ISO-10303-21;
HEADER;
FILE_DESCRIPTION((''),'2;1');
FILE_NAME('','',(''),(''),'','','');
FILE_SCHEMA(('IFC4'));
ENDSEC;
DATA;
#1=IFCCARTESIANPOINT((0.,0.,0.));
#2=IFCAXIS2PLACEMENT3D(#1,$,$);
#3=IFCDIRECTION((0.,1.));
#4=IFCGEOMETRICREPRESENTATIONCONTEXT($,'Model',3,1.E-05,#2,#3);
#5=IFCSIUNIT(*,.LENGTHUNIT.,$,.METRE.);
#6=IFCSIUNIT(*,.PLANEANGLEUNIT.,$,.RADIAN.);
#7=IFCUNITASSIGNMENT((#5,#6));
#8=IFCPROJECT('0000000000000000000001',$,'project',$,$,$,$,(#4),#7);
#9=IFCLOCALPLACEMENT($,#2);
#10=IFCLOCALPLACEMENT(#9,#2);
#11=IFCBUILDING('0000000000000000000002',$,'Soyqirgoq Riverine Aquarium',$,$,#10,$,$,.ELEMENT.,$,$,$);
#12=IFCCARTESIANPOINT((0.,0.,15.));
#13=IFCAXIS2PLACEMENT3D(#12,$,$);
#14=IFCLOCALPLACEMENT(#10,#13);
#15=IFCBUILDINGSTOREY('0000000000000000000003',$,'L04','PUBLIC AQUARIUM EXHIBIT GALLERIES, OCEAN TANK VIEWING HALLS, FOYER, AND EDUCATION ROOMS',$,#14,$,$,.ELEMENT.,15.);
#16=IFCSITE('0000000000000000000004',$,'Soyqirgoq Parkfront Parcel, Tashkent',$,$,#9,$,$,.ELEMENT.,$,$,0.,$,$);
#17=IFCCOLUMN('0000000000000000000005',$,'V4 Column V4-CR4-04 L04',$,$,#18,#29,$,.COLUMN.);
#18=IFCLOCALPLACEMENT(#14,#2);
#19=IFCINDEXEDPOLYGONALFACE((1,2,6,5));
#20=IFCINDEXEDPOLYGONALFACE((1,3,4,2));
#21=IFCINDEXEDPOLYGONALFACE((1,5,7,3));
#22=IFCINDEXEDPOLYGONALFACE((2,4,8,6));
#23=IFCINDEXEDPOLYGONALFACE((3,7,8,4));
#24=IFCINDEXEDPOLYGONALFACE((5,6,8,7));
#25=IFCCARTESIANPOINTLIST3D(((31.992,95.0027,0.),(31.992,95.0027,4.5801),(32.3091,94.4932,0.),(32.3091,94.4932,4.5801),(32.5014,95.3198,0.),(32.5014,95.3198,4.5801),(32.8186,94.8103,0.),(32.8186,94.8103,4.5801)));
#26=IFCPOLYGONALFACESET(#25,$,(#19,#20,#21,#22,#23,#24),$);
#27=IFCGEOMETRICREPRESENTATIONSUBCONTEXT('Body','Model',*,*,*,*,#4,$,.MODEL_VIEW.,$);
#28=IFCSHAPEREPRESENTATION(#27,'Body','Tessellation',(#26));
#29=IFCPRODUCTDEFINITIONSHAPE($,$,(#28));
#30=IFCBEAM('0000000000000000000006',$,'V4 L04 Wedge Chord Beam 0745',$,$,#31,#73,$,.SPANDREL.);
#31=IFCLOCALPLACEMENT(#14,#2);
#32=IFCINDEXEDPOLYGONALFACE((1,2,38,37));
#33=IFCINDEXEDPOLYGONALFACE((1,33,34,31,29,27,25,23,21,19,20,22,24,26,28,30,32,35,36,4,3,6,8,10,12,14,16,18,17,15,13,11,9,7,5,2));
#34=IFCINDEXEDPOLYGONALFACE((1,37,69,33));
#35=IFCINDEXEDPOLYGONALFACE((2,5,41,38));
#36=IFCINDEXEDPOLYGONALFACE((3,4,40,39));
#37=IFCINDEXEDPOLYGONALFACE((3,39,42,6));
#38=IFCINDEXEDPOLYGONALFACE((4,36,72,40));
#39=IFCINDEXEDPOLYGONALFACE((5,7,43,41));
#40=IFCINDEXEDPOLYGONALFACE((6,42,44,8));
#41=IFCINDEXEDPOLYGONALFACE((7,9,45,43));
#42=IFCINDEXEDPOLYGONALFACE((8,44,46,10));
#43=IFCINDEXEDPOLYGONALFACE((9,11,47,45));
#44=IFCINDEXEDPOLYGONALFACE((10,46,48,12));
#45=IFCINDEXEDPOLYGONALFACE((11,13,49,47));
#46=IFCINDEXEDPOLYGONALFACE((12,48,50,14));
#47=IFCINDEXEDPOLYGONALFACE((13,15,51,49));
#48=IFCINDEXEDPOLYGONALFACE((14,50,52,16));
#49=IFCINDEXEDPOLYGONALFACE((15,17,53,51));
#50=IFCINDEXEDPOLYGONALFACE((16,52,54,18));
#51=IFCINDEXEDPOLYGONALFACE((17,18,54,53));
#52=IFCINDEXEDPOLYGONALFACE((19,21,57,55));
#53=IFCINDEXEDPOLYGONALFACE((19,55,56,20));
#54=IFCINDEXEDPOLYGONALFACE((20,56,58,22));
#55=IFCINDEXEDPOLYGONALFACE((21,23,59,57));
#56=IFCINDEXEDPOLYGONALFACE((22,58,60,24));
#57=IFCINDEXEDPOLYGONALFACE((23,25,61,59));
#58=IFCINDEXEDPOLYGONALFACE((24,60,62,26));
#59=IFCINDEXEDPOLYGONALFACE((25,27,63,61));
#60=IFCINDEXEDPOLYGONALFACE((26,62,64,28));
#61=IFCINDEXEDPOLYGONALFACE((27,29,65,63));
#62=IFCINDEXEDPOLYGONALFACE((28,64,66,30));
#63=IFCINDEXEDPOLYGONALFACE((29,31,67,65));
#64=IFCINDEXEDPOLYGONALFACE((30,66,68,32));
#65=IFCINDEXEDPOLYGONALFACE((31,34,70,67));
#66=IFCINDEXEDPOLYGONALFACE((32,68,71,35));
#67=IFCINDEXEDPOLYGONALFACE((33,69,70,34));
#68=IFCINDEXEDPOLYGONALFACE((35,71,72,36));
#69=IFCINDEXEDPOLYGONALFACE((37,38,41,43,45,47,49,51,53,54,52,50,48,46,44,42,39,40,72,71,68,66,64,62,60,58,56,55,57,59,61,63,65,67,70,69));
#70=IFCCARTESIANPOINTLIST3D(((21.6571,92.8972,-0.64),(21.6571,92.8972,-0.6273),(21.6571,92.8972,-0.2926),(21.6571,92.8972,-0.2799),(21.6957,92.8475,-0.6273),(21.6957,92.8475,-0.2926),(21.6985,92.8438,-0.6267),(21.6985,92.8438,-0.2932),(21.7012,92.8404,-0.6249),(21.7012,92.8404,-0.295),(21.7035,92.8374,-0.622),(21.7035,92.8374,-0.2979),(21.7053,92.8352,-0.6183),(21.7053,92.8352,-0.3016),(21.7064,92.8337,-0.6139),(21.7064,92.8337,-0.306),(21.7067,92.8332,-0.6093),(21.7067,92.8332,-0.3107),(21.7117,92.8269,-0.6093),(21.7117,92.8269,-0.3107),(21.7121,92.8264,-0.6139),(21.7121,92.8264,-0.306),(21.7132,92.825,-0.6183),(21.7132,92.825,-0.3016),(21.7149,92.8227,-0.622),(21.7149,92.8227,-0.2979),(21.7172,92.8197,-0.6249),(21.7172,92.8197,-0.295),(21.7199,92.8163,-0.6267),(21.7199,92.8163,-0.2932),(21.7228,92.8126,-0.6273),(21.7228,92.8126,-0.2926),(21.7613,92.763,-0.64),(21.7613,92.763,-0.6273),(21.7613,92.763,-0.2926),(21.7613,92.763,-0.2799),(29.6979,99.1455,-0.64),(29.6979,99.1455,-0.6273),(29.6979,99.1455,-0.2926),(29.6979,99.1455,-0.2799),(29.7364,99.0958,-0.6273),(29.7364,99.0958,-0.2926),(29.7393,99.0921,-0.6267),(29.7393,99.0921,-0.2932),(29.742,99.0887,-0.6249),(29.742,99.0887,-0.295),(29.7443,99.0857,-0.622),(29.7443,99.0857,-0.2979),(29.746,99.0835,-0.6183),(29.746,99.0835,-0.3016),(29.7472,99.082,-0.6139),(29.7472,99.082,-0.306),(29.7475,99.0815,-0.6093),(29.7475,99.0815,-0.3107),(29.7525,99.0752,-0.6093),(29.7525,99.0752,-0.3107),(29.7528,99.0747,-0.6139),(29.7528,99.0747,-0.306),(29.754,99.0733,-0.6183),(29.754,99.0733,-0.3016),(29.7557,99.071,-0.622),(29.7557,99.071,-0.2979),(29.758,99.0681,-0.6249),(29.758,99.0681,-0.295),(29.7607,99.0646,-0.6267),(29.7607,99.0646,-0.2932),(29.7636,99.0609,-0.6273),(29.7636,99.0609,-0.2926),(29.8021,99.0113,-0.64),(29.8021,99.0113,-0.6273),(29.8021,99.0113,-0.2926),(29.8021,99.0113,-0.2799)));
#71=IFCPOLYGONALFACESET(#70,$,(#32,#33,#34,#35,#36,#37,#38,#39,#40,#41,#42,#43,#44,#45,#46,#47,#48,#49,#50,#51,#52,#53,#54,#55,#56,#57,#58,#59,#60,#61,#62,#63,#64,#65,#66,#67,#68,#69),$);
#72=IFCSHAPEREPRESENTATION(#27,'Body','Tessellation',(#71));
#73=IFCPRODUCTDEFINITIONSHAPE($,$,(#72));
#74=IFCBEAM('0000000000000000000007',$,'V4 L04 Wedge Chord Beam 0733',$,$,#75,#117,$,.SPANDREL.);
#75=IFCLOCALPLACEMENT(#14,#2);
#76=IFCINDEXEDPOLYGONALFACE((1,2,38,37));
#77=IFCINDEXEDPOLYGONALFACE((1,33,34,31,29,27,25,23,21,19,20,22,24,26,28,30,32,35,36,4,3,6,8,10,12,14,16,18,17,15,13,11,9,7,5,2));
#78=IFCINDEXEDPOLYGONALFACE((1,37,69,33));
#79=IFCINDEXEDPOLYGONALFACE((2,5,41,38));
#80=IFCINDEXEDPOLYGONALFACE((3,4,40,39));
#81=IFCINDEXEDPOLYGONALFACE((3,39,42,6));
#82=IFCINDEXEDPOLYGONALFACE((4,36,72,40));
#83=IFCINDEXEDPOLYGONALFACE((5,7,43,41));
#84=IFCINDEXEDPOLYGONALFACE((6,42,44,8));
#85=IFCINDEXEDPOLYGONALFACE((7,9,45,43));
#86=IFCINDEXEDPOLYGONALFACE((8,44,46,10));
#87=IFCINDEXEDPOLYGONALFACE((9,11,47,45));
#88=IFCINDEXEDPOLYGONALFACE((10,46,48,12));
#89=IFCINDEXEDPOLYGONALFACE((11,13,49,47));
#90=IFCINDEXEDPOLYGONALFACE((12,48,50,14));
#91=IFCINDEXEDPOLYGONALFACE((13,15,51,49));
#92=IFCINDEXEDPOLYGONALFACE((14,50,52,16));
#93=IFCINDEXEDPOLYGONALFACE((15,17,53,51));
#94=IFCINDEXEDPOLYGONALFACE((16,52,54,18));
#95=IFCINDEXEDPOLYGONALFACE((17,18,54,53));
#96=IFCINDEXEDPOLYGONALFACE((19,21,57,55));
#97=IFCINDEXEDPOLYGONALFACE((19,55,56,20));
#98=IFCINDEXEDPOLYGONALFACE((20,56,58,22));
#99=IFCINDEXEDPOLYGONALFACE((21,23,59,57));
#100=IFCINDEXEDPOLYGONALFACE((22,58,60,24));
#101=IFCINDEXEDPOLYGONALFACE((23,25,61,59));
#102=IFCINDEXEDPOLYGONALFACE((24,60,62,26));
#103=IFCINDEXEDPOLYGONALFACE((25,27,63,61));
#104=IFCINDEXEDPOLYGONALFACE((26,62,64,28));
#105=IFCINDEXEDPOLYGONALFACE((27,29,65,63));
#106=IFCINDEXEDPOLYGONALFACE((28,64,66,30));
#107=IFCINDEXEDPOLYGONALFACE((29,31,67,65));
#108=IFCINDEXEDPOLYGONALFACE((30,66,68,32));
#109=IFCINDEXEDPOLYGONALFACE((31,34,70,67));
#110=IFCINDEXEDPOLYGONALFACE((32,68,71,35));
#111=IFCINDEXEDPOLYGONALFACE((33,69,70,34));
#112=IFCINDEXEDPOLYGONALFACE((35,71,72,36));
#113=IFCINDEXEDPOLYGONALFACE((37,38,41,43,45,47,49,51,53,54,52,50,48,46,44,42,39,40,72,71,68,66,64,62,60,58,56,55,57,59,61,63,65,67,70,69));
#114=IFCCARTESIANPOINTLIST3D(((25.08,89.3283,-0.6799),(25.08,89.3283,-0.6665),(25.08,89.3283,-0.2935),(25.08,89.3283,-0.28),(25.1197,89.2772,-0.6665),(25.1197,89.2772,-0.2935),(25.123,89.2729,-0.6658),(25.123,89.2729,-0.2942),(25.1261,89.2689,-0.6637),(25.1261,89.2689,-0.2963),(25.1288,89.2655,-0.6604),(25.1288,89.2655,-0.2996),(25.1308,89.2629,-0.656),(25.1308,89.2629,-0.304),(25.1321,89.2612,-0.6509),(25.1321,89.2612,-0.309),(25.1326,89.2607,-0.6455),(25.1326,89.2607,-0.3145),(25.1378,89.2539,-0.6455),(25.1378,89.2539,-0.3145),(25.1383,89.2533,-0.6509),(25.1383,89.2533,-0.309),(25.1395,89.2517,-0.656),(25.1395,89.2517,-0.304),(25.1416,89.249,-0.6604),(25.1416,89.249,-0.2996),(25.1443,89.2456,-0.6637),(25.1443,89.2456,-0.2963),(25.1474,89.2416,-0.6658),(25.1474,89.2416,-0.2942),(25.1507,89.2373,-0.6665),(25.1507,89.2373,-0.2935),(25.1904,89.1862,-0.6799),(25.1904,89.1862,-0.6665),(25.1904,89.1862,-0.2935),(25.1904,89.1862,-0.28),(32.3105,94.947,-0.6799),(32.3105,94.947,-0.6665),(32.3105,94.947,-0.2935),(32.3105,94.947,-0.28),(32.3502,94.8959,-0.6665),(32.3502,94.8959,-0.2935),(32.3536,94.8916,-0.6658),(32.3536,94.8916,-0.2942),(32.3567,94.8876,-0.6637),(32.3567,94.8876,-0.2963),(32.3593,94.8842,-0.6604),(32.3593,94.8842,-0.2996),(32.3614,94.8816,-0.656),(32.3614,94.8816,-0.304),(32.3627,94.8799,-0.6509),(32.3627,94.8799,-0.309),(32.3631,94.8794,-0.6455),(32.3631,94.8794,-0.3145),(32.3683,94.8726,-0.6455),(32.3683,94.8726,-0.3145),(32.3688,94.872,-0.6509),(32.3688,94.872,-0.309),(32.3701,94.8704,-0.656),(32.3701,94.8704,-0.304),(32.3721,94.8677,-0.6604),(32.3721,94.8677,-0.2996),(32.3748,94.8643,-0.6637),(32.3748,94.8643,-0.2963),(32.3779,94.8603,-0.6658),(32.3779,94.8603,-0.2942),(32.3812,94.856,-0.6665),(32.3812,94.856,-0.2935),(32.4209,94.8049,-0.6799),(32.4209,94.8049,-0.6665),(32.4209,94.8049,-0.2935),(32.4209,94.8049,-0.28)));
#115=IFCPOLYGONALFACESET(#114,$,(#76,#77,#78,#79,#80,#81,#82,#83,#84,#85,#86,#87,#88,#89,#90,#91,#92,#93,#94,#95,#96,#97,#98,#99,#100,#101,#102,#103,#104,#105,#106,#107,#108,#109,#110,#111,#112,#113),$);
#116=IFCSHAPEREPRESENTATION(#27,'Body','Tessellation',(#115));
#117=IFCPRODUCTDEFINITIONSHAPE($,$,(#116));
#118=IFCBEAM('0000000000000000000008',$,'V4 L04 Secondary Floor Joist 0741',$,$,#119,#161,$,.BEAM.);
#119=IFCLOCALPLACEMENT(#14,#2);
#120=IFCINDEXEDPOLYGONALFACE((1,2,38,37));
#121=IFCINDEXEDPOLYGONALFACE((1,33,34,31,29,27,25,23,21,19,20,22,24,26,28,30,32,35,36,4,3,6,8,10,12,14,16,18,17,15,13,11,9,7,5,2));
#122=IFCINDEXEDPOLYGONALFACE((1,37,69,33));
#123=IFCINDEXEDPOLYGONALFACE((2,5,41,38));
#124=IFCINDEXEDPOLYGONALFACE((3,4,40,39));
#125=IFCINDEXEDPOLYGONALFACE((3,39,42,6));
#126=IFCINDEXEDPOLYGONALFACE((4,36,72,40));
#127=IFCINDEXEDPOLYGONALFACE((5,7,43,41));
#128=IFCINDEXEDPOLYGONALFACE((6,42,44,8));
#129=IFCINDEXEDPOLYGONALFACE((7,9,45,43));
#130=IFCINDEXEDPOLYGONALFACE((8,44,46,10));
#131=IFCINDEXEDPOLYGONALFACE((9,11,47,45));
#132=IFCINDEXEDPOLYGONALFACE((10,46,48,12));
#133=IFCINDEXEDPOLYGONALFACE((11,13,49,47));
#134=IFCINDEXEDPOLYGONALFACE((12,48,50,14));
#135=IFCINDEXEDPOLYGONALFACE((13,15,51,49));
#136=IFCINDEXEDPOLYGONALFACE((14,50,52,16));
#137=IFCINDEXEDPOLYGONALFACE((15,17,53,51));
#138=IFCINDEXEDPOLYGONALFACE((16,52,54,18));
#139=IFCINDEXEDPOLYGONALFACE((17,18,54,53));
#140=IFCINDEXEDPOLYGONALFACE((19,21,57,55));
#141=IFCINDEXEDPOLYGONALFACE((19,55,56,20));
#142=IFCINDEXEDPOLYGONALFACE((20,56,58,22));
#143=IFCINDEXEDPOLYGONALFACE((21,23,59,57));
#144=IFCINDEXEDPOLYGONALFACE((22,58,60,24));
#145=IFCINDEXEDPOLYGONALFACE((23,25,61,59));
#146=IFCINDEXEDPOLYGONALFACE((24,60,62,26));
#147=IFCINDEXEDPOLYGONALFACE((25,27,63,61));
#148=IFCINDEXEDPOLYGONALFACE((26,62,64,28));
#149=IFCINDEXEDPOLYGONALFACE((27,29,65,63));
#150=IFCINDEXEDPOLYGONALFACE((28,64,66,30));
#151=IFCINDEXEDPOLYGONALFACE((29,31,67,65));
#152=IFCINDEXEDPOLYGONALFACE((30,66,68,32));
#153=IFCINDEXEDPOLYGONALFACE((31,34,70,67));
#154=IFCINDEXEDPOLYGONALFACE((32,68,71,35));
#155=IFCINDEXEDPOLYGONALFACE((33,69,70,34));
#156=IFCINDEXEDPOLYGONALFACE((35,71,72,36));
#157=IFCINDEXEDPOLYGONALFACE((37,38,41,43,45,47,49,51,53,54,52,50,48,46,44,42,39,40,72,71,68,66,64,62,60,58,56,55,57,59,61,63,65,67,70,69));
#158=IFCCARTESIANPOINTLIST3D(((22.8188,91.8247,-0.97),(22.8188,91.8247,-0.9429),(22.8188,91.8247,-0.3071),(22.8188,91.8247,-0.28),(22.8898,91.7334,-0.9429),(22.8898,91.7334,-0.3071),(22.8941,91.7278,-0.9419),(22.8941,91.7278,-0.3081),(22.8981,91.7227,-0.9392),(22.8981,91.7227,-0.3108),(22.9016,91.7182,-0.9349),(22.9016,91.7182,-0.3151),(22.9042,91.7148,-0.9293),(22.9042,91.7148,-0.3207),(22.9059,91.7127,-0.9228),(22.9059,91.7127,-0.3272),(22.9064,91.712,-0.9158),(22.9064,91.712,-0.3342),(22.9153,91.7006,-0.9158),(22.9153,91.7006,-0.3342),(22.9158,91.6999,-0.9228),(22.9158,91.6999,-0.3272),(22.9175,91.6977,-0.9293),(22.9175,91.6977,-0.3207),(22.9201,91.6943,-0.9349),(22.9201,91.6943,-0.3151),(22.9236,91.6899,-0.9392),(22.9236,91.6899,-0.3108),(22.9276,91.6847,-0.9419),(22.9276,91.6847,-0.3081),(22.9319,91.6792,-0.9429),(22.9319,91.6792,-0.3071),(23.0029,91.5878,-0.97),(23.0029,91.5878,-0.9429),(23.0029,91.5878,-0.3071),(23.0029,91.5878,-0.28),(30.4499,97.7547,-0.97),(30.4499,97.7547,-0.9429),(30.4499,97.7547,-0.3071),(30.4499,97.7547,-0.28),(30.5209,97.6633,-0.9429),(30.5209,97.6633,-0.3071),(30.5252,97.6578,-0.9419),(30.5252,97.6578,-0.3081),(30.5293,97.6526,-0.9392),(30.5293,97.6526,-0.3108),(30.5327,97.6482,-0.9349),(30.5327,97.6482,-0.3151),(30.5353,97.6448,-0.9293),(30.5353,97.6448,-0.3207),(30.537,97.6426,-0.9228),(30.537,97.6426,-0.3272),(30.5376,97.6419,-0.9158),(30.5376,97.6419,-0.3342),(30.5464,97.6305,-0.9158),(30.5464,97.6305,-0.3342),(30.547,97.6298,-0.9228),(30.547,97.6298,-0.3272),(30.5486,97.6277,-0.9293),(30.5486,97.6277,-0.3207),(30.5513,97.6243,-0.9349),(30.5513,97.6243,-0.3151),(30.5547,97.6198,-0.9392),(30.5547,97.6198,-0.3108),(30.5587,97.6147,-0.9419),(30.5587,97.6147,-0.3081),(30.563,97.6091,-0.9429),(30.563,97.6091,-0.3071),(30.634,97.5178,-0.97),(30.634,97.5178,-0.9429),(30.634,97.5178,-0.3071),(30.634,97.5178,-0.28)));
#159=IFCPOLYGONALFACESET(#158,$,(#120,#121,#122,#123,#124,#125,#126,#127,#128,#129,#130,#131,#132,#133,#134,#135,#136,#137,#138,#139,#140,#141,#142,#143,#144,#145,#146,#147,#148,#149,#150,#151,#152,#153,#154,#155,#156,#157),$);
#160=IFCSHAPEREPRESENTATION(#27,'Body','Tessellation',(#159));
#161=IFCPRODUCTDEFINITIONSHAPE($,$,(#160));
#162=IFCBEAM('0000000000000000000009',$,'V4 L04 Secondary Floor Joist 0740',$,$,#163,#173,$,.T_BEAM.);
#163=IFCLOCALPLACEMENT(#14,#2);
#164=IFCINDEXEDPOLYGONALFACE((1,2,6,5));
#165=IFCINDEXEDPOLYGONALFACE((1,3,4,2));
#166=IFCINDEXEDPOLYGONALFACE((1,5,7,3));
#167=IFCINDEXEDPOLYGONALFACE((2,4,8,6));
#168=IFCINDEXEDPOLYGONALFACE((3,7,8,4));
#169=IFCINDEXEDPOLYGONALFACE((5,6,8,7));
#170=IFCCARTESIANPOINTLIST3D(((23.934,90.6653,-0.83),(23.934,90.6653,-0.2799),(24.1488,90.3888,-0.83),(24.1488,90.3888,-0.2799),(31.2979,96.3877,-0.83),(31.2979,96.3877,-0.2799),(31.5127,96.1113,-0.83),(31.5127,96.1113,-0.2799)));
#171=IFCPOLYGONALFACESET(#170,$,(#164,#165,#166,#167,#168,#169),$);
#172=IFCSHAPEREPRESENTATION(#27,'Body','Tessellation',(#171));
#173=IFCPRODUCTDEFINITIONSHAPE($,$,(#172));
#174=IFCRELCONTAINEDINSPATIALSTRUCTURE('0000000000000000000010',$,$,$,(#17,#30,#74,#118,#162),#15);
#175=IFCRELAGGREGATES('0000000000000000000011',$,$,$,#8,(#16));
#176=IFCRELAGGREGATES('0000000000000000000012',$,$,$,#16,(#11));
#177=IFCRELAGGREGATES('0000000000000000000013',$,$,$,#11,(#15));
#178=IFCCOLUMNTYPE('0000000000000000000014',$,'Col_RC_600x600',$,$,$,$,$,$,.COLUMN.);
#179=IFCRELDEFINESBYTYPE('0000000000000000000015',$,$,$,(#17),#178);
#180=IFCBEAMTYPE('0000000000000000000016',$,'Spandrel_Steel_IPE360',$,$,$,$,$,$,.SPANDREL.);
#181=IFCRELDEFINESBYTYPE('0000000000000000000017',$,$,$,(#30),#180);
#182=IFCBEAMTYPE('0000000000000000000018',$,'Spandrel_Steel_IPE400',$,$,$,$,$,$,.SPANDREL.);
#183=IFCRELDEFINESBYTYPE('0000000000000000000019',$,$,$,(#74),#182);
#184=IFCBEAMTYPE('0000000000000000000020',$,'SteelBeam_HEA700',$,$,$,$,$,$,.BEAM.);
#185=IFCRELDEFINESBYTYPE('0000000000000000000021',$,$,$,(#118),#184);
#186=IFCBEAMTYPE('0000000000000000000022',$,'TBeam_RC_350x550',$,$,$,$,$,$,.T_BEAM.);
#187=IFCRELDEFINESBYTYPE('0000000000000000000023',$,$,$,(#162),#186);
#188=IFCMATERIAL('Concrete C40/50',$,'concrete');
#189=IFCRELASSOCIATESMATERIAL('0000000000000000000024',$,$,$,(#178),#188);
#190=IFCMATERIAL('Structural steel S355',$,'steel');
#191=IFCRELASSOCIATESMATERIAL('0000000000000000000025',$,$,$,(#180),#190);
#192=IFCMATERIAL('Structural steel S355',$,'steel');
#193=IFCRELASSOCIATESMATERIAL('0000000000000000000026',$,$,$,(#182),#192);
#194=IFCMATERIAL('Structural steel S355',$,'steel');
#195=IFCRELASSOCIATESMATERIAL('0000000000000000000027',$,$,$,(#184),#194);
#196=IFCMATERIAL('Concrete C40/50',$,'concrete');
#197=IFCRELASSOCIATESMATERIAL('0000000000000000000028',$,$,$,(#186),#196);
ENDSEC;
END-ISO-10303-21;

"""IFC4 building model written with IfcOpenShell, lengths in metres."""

from ifc_helpers import new_model, si_unit, direction, frame, origin, origin_2d, place, context, subcontext, project, spatial, rectangle, i_section, extrude, material, material_profile, profile_set, type_object, element, save


model = new_model("IFC4")

# Units and contexts
model_context = context("Model", 3, precision=1e-05, world=origin(), true_north=direction((0.0, 1.0)))
body_context = subcontext(model_context, "Body", "Model", "MODEL_VIEW")
ifc_project = project(units=[si_unit("LENGTHUNIT", "METRE"), si_unit("PLANEANGLEUNIT", "RADIAN")], contexts=[model_context])

# Site, building, storey
site_placement = place(None, origin())
site = spatial("IfcSite", under=ifc_project, at=site_placement, Name="Soyqirgoq Parkfront Parcel, Tashkent", CompositionType="ELEMENT", RefElevation=0.0)
building_placement = place(site_placement, origin())
building = spatial("IfcBuilding", under=site, at=building_placement, Name="Soyqirgoq Riverine Aquarium", CompositionType="ELEMENT")
storey_placement = place(building_placement, frame((0.0, 0.0, 15.0)))
storey = spatial("IfcBuildingStorey", under=building, at=storey_placement, Name="L04", Description="PUBLIC AQUARIUM EXHIBIT GALLERIES, OCEAN TANK VIEWING HALLS, FOYER, AND EDUCATION ROOMS", CompositionType="ELEMENT", Elevation=15.0)

# Column
ifc_material_1 = material(Name="Concrete C40/50", Category="concrete")
ifc_material_profile_1 = material_profile(ifc_material_1, rectangle(XDim=0.6001, YDim=0.6001, at=origin_2d()), Name="RC 600x600")
ifc_profile_set_1 = profile_set([ifc_material_profile_1], Name="Concrete C40/50")
column_type = type_object("IfcColumnType", Name="Col_RC_600x600", PredefinedType="COLUMN", material=ifc_profile_set_1)
column_placement = place(storey_placement, frame((32.4053, 94.9065, 0.0), z_axis=(0.0, 0.0, 1.0), x_axis=(-0.528438, 0.848972, 0.0)))
element("IfcColumn", 1, at=column_placement, inside=storey, type_object=column_type, Name="V4 Column V4-CR4-04 L04", PredefinedType="COLUMN", context=body_context, shape_type="SweptSolid", body=[
    extrude(rectangle(XDim=0.6001, YDim=0.6001, at=origin_2d()), origin(), (0.0, 0.0, 1.0), 4.5801),
])

# Beams
ifc_material_2 = material(Name="Structural steel S355", Category="steel")
ifc_material_profile_2 = material_profile(ifc_material_2, i_section(OverallWidth=0.1699, OverallDepth=0.3601, WebThickness=0.0081, FlangeThickness=0.0127, FilletRadius=0.0181, at=origin_2d()), Name="IPE 360")
ifc_profile_set_2 = profile_set([ifc_material_profile_2], Name="Structural steel S355")
beam_type_1 = type_object("IfcBeamType", Name="Spandrel_Steel_IPE360", PredefinedType="SPANDREL", material=ifc_profile_set_2)
beam_1_placement = place(storey_placement, frame((29.75, 99.0784, -0.46), z_axis=(-0.789621, -0.613595, 0.0), x_axis=(0.613595, -0.789621, 0.0)))
element("IfcBeam", 2, at=beam_1_placement, inside=storey, type_object=beam_type_1, Name="V4 L04 Wedge Chord Beam 0745", PredefinedType="SPANDREL", context=body_context, shape_type="SweptSolid", body=[
    extrude(i_section(OverallWidth=0.1699, OverallDepth=0.3601, WebThickness=0.0081, FlangeThickness=0.0127, FilletRadius=0.0181, at=origin_2d()), origin(), (0.0, 0.0, 1.0), 10.1831),
])
ifc_material_3 = material(Name="Structural steel S355", Category="steel")
ifc_material_profile_3 = material_profile(ifc_material_3, i_section(OverallWidth=0.1799, OverallDepth=0.3999, WebThickness=0.0085, FlangeThickness=0.0134, FilletRadius=0.021, at=origin_2d()), Name="IPE 400")
ifc_profile_set_3 = profile_set([ifc_material_profile_3], Name="Structural steel S355")
beam_type_2 = type_object("IfcBeamType", Name="Spandrel_Steel_IPE400", PredefinedType="SPANDREL", material=ifc_profile_set_3)
beam_2_placement = place(storey_placement, frame((32.3657, 94.876, -0.48), z_axis=(-0.789619, -0.613597, 0.0), x_axis=(0.613597, -0.789619, 0.0)))
element("IfcBeam", 3, at=beam_2_placement, inside=storey, type_object=beam_type_2, Name="V4 L04 Wedge Chord Beam 0733", PredefinedType="SPANDREL", context=body_context, shape_type="SweptSolid", body=[
    extrude(i_section(OverallWidth=0.1799, OverallDepth=0.3999, WebThickness=0.0085, FlangeThickness=0.0134, FilletRadius=0.021, at=origin_2d()), origin(), (0.0, 0.0, 1.0), 9.157),
])
ifc_material_4 = material(Name="Structural steel S355", Category="steel")
ifc_material_profile_4 = material_profile(ifc_material_4, i_section(OverallWidth=0.3, OverallDepth=0.6899, WebThickness=0.0144, FlangeThickness=0.0271, FilletRadius=0.0271, at=origin_2d()), Name="HEA 700")
ifc_profile_set_4 = profile_set([ifc_material_profile_4], Name="Structural steel S355")
beam_type_3 = type_object("IfcBeamType", Name="SteelBeam_HEA700", PredefinedType="BEAM", material=ifc_profile_set_4)
beam_3_placement = place(storey_placement, frame((30.542, 97.6362, -0.625), z_axis=(-0.789621, -0.613594, 0.0), x_axis=(0.613594, -0.789621, 0.0)))
element("IfcBeam", 4, at=beam_3_placement, inside=storey, type_object=beam_type_3, Name="V4 L04 Secondary Floor Joist 0741", PredefinedType="BEAM", context=body_context, shape_type="SweptSolid", body=[
    extrude(i_section(OverallWidth=0.3, OverallDepth=0.6899, WebThickness=0.0144, FlangeThickness=0.0271, FilletRadius=0.0271, at=origin_2d()), origin(), (0.0, 0.0, 1.0), 9.6643),
])
ifc_material_5 = material(Name="Concrete C40/50", Category="concrete")
ifc_material_profile_5 = material_profile(ifc_material_5, rectangle(XDim=0.3501, YDim=0.55, at=origin_2d()), Name="RC 350x550")
ifc_profile_set_5 = profile_set([ifc_material_profile_5], Name="Concrete C40/50")
beam_type_4 = type_object("IfcBeamType", Name="TBeam_RC_350x550", PredefinedType="T_BEAM", material=ifc_profile_set_5)
beam_4_placement = place(storey_placement, frame((31.4053, 96.2495, -0.5549), z_axis=(-0.78961, -0.613609, 0.0), x_axis=(0.613609, -0.78961, 0.0)))
element("IfcBeam", 5, at=beam_4_placement, inside=storey, type_object=beam_type_4, Name="V4 L04 Secondary Floor Joist 0740", PredefinedType="T_BEAM", context=body_context, shape_type="SweptSolid", body=[
    extrude(rectangle(XDim=0.3501, YDim=0.55, at=origin_2d()), origin(), (0.0, 0.0, 1.0), 9.3259),
])

save(model, "model.ifc")
